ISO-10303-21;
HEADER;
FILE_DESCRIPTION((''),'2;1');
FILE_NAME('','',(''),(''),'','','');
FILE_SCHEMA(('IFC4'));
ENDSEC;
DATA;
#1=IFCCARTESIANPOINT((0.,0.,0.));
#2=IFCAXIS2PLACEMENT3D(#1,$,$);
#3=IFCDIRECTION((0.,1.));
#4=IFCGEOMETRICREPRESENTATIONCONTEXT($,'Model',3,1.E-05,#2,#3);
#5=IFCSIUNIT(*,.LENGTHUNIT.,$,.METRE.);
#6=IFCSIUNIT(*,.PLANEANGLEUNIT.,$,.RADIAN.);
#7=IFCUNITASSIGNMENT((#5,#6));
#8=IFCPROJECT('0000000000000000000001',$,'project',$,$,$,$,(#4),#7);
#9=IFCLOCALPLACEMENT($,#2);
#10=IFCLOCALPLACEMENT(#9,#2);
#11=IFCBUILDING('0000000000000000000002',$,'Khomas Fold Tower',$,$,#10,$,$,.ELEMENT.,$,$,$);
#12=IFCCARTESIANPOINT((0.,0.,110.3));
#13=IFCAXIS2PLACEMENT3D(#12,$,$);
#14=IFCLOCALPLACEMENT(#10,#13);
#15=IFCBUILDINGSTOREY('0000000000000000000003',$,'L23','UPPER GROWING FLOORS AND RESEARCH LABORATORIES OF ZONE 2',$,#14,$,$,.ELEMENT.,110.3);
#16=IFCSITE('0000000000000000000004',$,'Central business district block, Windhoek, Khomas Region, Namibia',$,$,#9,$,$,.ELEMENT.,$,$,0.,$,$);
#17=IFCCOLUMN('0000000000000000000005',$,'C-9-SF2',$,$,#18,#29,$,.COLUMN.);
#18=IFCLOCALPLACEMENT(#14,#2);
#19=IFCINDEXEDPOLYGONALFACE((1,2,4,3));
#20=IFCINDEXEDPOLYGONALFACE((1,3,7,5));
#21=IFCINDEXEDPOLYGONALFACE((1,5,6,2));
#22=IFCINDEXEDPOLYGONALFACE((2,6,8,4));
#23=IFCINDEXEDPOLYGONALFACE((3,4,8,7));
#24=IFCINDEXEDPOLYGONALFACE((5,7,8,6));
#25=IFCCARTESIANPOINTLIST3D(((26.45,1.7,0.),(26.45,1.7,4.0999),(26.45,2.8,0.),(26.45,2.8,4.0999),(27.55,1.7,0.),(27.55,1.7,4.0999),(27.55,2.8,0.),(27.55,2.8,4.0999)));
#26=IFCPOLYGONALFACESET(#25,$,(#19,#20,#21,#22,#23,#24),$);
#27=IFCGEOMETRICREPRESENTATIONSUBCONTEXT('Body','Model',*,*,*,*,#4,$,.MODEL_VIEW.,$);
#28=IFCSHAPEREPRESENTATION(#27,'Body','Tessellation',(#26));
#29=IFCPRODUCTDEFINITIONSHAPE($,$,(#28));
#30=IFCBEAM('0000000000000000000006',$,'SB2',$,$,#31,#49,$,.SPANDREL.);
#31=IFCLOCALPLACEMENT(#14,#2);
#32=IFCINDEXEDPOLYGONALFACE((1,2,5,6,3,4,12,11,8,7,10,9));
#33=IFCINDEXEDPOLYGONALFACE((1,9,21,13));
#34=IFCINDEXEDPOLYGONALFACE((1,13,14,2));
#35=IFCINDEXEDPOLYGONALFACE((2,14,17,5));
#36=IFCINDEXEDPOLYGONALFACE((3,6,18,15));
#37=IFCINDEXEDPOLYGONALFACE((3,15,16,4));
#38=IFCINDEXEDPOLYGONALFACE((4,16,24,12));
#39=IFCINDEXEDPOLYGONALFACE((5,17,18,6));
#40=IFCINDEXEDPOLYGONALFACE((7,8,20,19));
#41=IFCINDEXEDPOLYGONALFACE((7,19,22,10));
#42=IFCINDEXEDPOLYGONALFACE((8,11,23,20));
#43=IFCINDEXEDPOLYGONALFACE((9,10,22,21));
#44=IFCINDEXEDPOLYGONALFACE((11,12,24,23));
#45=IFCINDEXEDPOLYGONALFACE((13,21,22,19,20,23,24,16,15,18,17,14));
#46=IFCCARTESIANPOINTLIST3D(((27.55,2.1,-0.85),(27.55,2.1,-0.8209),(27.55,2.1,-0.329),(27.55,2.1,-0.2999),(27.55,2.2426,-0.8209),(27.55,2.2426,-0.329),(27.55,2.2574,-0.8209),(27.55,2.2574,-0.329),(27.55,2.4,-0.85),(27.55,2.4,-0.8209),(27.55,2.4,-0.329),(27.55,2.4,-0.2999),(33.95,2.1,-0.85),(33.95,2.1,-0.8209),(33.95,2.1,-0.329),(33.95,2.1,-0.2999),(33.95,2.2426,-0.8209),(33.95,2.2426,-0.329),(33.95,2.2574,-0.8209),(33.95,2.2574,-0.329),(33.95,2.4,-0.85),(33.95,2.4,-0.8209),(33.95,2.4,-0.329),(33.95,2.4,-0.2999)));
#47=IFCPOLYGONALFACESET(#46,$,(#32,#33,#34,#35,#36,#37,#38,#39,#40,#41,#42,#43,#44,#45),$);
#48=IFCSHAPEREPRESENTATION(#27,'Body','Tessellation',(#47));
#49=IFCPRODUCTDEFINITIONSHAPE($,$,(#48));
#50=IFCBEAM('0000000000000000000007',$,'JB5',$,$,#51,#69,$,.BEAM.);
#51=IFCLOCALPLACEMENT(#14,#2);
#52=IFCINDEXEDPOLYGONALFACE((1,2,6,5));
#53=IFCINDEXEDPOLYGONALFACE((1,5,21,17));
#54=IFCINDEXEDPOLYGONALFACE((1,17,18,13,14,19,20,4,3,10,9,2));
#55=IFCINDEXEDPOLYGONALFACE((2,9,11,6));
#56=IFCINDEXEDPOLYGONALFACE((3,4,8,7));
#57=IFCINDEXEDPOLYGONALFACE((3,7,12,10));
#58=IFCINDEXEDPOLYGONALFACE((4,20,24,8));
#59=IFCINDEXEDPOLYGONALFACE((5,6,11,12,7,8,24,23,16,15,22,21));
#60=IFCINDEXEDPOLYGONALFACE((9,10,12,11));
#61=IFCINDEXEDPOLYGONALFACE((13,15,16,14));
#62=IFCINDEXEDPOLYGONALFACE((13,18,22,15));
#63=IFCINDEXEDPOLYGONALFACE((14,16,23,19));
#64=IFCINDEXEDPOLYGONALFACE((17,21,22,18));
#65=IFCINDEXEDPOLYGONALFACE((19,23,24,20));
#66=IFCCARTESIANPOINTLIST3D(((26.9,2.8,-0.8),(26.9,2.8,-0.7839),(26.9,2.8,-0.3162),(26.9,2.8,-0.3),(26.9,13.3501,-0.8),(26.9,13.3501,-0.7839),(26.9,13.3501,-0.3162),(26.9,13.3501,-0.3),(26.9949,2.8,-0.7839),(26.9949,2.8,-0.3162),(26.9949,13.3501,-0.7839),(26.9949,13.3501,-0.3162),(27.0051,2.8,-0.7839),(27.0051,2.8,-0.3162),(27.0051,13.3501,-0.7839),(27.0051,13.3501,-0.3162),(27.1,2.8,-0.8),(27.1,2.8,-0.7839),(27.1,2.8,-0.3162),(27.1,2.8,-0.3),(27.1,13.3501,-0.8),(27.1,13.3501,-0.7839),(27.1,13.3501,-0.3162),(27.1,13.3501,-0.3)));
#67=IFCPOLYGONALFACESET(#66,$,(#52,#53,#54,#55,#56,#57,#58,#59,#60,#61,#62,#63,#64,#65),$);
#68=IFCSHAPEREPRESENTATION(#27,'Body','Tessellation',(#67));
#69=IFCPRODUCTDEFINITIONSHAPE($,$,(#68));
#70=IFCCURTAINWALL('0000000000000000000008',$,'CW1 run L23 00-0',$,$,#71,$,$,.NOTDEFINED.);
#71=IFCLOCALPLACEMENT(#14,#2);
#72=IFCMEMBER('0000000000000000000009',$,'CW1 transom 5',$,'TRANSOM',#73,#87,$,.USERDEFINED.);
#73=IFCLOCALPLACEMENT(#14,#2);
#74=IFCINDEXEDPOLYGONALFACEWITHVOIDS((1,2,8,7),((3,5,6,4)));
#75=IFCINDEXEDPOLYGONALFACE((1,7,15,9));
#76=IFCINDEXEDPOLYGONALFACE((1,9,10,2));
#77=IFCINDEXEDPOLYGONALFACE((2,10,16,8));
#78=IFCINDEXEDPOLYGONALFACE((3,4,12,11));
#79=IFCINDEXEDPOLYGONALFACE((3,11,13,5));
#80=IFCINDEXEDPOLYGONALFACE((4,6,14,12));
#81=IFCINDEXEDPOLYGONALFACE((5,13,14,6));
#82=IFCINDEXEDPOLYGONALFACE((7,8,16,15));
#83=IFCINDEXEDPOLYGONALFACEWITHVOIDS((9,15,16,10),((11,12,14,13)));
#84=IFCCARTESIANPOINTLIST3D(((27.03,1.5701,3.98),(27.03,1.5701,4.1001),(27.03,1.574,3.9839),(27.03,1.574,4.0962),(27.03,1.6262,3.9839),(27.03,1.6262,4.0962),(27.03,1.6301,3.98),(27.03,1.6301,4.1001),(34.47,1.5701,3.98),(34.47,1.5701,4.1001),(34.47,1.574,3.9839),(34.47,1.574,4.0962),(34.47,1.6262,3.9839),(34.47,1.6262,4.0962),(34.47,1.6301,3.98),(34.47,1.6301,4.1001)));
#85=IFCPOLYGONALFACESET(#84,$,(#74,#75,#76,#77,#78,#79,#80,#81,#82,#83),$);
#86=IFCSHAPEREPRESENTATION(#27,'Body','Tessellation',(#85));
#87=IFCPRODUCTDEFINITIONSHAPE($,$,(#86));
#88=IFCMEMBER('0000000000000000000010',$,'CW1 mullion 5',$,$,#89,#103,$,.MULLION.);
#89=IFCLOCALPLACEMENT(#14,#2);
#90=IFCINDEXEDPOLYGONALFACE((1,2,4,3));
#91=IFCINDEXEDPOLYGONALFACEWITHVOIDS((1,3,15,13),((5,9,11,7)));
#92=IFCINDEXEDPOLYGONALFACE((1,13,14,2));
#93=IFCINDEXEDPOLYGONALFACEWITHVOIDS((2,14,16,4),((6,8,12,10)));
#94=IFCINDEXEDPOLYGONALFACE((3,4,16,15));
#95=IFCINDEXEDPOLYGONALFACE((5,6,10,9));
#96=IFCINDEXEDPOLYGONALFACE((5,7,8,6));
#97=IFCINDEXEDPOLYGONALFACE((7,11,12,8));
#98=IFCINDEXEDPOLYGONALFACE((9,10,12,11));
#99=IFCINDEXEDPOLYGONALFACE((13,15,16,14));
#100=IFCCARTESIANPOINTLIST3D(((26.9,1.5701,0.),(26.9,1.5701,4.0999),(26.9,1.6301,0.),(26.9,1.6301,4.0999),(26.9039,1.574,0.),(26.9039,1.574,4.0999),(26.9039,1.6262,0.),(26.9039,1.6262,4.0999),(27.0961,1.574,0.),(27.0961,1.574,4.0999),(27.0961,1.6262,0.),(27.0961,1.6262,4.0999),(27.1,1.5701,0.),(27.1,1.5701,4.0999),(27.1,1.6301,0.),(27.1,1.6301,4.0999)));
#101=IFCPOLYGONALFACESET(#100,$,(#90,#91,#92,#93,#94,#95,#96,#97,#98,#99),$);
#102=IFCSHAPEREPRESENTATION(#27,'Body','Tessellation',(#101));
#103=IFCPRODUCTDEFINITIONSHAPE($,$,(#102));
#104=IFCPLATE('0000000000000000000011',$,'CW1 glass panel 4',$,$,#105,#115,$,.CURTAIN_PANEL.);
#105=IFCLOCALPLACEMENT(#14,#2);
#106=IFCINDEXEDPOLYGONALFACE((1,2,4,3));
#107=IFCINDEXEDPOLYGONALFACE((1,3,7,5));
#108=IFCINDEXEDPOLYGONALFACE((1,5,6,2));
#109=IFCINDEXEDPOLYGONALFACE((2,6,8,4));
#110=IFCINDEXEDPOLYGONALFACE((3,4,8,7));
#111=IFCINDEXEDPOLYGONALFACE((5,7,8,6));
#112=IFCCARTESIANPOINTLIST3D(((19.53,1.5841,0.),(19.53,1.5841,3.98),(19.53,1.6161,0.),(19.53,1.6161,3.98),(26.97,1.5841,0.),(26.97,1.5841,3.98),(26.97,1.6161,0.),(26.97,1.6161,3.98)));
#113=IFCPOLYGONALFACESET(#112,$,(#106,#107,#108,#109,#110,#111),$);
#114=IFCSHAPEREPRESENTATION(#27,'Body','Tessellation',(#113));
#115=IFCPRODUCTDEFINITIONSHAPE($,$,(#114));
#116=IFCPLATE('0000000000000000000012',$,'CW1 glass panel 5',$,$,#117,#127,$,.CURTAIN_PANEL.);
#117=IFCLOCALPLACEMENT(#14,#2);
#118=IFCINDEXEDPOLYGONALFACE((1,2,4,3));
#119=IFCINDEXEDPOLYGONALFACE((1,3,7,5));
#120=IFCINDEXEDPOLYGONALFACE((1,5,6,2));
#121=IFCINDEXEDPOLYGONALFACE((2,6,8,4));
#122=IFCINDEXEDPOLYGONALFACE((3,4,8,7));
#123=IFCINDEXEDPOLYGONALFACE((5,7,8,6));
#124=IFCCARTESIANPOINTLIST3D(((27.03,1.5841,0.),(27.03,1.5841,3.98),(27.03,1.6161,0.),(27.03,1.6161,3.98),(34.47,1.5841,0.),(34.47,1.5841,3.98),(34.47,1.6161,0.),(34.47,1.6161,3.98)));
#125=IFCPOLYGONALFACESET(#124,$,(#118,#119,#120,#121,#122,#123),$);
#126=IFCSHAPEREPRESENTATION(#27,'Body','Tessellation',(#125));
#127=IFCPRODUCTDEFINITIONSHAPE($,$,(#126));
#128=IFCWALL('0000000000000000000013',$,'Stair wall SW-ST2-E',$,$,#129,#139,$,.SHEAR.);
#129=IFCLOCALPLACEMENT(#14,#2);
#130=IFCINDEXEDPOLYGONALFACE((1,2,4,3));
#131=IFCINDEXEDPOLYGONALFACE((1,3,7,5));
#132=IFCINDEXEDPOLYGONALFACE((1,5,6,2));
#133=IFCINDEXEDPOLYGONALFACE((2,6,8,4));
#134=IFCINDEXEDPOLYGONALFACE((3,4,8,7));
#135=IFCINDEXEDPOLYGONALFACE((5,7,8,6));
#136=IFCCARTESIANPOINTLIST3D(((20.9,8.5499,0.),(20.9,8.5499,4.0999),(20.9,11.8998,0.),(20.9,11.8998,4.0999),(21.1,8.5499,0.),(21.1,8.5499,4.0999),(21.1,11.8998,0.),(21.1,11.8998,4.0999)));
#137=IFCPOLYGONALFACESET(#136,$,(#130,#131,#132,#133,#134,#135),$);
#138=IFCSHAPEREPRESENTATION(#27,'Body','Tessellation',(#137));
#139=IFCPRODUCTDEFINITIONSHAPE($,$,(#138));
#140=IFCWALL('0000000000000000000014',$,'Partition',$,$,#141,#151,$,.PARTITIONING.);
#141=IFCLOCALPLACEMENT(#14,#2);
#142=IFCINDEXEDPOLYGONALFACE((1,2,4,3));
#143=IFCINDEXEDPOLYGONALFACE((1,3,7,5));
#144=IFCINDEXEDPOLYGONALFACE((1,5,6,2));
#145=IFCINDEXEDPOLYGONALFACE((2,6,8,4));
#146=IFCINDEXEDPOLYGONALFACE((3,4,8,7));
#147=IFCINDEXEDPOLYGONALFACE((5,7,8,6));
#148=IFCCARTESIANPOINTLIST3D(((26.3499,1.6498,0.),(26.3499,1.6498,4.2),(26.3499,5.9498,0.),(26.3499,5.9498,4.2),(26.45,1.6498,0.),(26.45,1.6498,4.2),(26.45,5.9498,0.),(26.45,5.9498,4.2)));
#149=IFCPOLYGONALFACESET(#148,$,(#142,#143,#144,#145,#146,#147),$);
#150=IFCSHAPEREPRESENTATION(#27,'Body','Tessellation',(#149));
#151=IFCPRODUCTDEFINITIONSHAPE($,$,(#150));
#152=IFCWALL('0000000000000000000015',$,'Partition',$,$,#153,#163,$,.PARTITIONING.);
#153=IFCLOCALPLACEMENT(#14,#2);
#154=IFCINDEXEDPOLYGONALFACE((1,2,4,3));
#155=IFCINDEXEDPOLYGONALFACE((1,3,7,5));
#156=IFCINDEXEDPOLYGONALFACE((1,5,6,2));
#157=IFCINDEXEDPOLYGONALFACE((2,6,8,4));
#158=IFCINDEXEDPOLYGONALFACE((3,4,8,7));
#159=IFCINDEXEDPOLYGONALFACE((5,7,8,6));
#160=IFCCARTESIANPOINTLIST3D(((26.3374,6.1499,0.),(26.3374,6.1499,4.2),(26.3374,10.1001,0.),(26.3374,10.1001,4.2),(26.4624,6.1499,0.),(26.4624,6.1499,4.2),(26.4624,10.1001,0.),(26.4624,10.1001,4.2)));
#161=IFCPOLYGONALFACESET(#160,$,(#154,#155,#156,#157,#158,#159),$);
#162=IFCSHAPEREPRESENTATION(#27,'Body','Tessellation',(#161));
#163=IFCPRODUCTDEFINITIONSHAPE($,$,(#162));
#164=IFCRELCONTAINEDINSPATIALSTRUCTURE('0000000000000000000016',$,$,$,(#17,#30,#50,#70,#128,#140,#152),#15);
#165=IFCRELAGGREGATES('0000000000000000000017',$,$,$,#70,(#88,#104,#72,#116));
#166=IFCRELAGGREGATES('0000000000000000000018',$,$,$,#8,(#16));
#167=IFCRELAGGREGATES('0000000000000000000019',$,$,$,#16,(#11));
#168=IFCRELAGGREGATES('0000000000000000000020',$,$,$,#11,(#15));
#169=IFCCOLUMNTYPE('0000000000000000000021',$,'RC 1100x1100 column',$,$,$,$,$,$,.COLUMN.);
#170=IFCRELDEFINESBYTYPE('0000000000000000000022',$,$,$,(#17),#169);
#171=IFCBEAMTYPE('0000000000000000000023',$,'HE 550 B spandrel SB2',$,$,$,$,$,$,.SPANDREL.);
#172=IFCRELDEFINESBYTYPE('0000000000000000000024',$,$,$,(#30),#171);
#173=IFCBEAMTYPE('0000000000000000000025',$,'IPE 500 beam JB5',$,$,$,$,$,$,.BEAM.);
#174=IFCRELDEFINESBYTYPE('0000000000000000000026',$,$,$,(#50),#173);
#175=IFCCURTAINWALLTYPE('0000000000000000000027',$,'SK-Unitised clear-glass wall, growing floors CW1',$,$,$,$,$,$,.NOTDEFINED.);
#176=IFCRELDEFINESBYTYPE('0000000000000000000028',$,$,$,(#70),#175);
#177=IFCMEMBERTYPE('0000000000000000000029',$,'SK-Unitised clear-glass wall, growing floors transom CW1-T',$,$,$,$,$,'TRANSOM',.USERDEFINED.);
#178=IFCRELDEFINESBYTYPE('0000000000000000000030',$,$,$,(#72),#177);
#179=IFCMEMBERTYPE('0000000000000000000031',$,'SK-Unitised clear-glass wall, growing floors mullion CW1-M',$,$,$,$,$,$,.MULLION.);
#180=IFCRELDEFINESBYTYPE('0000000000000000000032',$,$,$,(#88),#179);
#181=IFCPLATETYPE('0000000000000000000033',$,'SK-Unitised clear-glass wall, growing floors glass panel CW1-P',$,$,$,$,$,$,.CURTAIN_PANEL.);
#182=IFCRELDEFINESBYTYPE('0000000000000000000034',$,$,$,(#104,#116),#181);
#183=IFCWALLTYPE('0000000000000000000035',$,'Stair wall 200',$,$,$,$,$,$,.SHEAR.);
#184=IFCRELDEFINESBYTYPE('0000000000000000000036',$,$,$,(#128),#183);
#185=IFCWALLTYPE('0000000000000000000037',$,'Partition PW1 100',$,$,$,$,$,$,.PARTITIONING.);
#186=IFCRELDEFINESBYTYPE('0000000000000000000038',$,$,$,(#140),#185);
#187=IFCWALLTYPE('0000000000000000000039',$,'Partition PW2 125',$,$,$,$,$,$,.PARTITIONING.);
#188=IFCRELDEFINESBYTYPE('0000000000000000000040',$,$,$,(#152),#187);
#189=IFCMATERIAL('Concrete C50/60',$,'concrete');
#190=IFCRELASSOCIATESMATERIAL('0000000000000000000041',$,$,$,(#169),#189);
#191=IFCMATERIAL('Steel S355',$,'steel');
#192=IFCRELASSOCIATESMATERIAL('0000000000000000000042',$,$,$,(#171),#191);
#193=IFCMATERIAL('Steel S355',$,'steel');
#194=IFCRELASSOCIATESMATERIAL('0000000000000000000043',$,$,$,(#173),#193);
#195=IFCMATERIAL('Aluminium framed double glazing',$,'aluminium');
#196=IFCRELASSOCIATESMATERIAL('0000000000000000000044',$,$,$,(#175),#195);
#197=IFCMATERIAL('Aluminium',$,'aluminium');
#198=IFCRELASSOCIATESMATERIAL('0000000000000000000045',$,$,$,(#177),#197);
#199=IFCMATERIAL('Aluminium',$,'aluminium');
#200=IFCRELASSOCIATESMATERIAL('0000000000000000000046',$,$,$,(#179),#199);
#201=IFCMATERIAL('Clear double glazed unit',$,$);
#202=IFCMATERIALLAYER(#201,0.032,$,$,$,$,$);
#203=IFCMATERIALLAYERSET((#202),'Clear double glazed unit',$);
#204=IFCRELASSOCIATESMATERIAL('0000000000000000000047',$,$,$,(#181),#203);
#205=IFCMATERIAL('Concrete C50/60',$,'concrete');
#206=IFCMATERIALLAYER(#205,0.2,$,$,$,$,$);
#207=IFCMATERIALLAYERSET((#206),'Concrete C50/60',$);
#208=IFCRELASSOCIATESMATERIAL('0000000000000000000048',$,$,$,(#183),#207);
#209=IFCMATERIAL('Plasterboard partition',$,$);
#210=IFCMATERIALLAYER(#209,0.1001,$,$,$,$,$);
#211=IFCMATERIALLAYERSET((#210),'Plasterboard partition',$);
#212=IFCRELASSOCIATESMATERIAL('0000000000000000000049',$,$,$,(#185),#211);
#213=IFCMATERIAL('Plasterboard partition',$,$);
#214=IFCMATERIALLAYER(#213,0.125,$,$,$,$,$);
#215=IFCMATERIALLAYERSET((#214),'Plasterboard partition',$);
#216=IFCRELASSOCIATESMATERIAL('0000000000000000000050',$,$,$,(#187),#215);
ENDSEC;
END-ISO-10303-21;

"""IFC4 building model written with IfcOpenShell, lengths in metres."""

from ifc_helpers import new_model, si_unit, direction, frame, frame_2d, origin, origin_2d, place, context, subcontext, project, spatial, rectangle, hollow_rectangle, i_section, extrude, source, transform, mapped, material, layer, layer_set, material_profile, profile_set, type_object, element, aggregate, save


model = new_model("IFC4")

# Units and contexts
model_context = context("Model", 3, precision=1e-05, world=origin(), true_north=direction((0.0, 1.0)))
body_context = subcontext(model_context, "Body", "Model", "MODEL_VIEW")
ifc_project = project(units=[si_unit("LENGTHUNIT", "METRE"), si_unit("PLANEANGLEUNIT", "RADIAN")], contexts=[model_context])

# Site, building, storey
site_placement = place(None, origin())
site = spatial("IfcSite", under=ifc_project, at=site_placement, Name="Central business district block, Windhoek, Khomas Region, Namibia", CompositionType="ELEMENT", RefElevation=0.0)
building_placement = place(site_placement, origin())
building = spatial("IfcBuilding", under=site, at=building_placement, Name="Khomas Fold Tower", CompositionType="ELEMENT")
storey_placement = place(building_placement, frame((0.0, 0.0, 110.3)))
storey = spatial("IfcBuildingStorey", under=building, at=storey_placement, Name="L23", Description="UPPER GROWING FLOORS AND RESEARCH LABORATORIES OF ZONE 2", CompositionType="ELEMENT", Elevation=110.3)

# Column
ifc_material_1 = material(Name="Concrete C50/60", Category="concrete")
ifc_material_profile_1 = material_profile(ifc_material_1, rectangle(XDim=1.1001, YDim=1.1001, at=origin_2d()), Name="RC 1100x1100")
ifc_profile_set_1 = profile_set([ifc_material_profile_1], Name="Concrete C50/60")
column_type = type_object("IfcColumnType", Name="RC 1100x1100 column", PredefinedType="COLUMN", material=ifc_profile_set_1)
shared_shape_1 = source(origin(), body_context, "Body", "SweptSolid", [
    extrude(rectangle(XDim=1.1001, YDim=1.1001, at=origin_2d()), origin(), (0.0, 0.0, 1.0), 4.0999),
])
column_placement = place(storey_placement, frame((27.0, 2.25, 0.0), z_axis=(0.0, 0.0, 1.0), x_axis=(1.0, 0.0, 0.0)))
element("IfcColumn", 1, at=column_placement, inside=storey, type_object=column_type, Name="C-9-SF2", PredefinedType="COLUMN", context=body_context, shape_type="MappedRepresentation", body=[
    mapped(shared_shape_1, transform((0.0, 0.0, 0.0))),
])

# Beams
ifc_material_2 = material(Name="Steel S355", Category="steel")
ifc_material_profile_2 = material_profile(ifc_material_2, i_section(OverallWidth=0.3, OverallDepth=0.55, WebThickness=0.0149, FlangeThickness=0.0291, at=origin_2d()), Name="HE 550 B")
ifc_profile_set_2 = profile_set([ifc_material_profile_2], Name="Steel S355")
beam_type_1 = type_object("IfcBeamType", Name="HE 550 B spandrel SB2", PredefinedType="SPANDREL", material=ifc_profile_set_2)
shared_shape_2 = source(origin(), body_context, "Body", "SweptSolid", [
    extrude(i_section(OverallWidth=0.3, OverallDepth=0.55, WebThickness=0.0149, FlangeThickness=0.0291, at=origin_2d()), origin(), (0.0, 0.0, 1.0), 6.3999),
])
beam_1_placement = place(storey_placement, frame((27.55, 2.25, -0.575), z_axis=(1.0, 0.0, 0.0), x_axis=(0.0, 1.0, 0.0)))
element("IfcBeam", 2, at=beam_1_placement, inside=storey, type_object=beam_type_1, Name="SB2", PredefinedType="SPANDREL", context=body_context, shape_type="MappedRepresentation", body=[
    mapped(shared_shape_2, transform((0.0, 0.0, 0.0))),
])
ifc_material_3 = material(Name="Steel S355", Category="steel")
ifc_material_profile_3 = material_profile(ifc_material_3, i_section(OverallWidth=0.2, OverallDepth=0.5, WebThickness=0.0103, FlangeThickness=0.0161, at=origin_2d()), Name="IPE 500")
ifc_profile_set_3 = profile_set([ifc_material_profile_3], Name="Steel S355")
beam_type_2 = type_object("IfcBeamType", Name="IPE 500 beam JB5", PredefinedType="BEAM", material=ifc_profile_set_3)
shared_shape_3 = source(origin(), body_context, "Body", "SweptSolid", [
    extrude(i_section(OverallWidth=0.2, OverallDepth=0.5, WebThickness=0.0103, FlangeThickness=0.0161, at=origin_2d()), origin(), (0.0, 0.0, 1.0), 10.55),
])
beam_2_placement = place(storey_placement, frame((27.0, 2.8, -0.55), z_axis=(0.0, 1.0, 0.0), x_axis=(-1.0, 0.0, 0.0)))
element("IfcBeam", 3, at=beam_2_placement, inside=storey, type_object=beam_type_2, Name="JB5", PredefinedType="BEAM", context=body_context, shape_type="MappedRepresentation", body=[
    mapped(shared_shape_3, transform((0.0, 0.0, 0.0))),
])

# Curtain wall, members, plates
ifc_material_4 = material(Name="Aluminium framed double glazing", Category="aluminium")
curtain_wall_type = type_object("IfcCurtainWallType", Name="SK-Unitised clear-glass wall, growing floors CW1", PredefinedType="NOTDEFINED", material=ifc_material_4)
curtain_wall_placement = place(storey_placement, origin())
curtain_wall = element("IfcCurtainWall", 4, at=curtain_wall_placement, inside=storey, type_object=curtain_wall_type, Name="CW1 run L23 00-0", PredefinedType="NOTDEFINED")
ifc_material_5 = material(Name="Aluminium", Category="aluminium")
ifc_material_profile_4 = material_profile(ifc_material_5, hollow_rectangle(XDim=0.0601, YDim=0.1201, WallThickness=0.0039, at=origin_2d()), Name="SK-Unitised clear-glass wall, growing floors transom CW1-T")
ifc_profile_set_4 = profile_set([ifc_material_profile_4], Name="Aluminium")
member_type_1 = type_object("IfcMemberType", Name="SK-Unitised clear-glass wall, growing floors transom CW1-T", ElementType="TRANSOM", PredefinedType="USERDEFINED", material=ifc_profile_set_4)
shared_shape_4 = source(origin(), body_context, "Body", "SweptSolid", [
    extrude(hollow_rectangle(XDim=0.0601, YDim=0.1201, WallThickness=0.0039, at=origin_2d()), origin(), (0.0, 0.0, 1.0), 7.4399),
])
member_1_placement = place(storey_placement, frame((27.03, 1.6001, 4.04), z_axis=(1.0, 0.0, 0.0), x_axis=(0.0, 1.0, 0.0)))
member_1 = element("IfcMember", 5, at=member_1_placement, type_object=member_type_1, Name="CW1 transom 5", ObjectType="TRANSOM", PredefinedType="USERDEFINED", context=body_context, shape_type="MappedRepresentation", body=[
    mapped(shared_shape_4, transform((0.0, 0.0, 0.0))),
])
ifc_material_6 = material(Name="Aluminium", Category="aluminium")
ifc_material_profile_5 = material_profile(ifc_material_6, hollow_rectangle(XDim=0.0601, YDim=0.2, WallThickness=0.0039, at=origin_2d()), Name="SK-Unitised clear-glass wall, growing floors mullion CW1-M")
ifc_profile_set_5 = profile_set([ifc_material_profile_5], Name="Aluminium")
member_type_2 = type_object("IfcMemberType", Name="SK-Unitised clear-glass wall, growing floors mullion CW1-M", PredefinedType="MULLION", material=ifc_profile_set_5)
shared_shape_5 = source(origin(), body_context, "Body", "SweptSolid", [
    extrude(hollow_rectangle(XDim=0.0601, YDim=0.2, WallThickness=0.0039, at=origin_2d()), origin(), (0.0, 0.0, 1.0), 4.0999),
])
member_2_placement = place(storey_placement, frame((27.0, 1.6001, 0.0), z_axis=(0.0, 0.0, 1.0), x_axis=(0.0, 1.0, 0.0)))
member_2 = element("IfcMember", 6, at=member_2_placement, type_object=member_type_2, Name="CW1 mullion 5", PredefinedType="MULLION", context=body_context, shape_type="MappedRepresentation", body=[
    mapped(shared_shape_5, transform((0.0, 0.0, 0.0))),
])
ifc_material_7 = material(Name="Clear double glazed unit")
ifc_layer_1 = layer(ifc_material_7, 0.032)
ifc_layer_set_1 = layer_set([ifc_layer_1], Name="Clear double glazed unit")
plate_type = type_object("IfcPlateType", Name="SK-Unitised clear-glass wall, growing floors glass panel CW1-P", PredefinedType="CURTAIN_PANEL", material=ifc_layer_set_1)
shared_shape_6 = source(origin(), body_context, "Body", "SweptSolid", [
    extrude(rectangle(XDim=7.4399, YDim=0.032, at=origin_2d()), origin(), (0.0, 0.0, 1.0), 3.98),
])
plate_1_placement = place(storey_placement, frame((23.25, 1.6001, 0.0), z_axis=(0.0, 0.0, 1.0), x_axis=(1.0, 0.0, 0.0)))
plate_1 = element("IfcPlate", 7, at=plate_1_placement, type_object=plate_type, Name="CW1 glass panel 4", PredefinedType="CURTAIN_PANEL", context=body_context, shape_type="MappedRepresentation", body=[
    mapped(shared_shape_6, transform((0.0, 0.0, 0.0))),
])
plate_2_placement = place(storey_placement, frame((30.75, 1.6001, 0.0), z_axis=(0.0, 0.0, 1.0), x_axis=(1.0, 0.0, 0.0)))
plate_2 = element("IfcPlate", 8, at=plate_2_placement, type_object=plate_type, Name="CW1 glass panel 5", PredefinedType="CURTAIN_PANEL", context=body_context, shape_type="MappedRepresentation", body=[
    mapped(shared_shape_6, transform((0.0, 0.0, 0.0))),
])
aggregate(curtain_wall, [member_2, plate_1, member_1, plate_2])

# Walls
ifc_material_8 = material(Name="Concrete C50/60", Category="concrete")
ifc_layer_2 = layer(ifc_material_8, 0.2)
ifc_layer_set_2 = layer_set([ifc_layer_2], Name="Concrete C50/60")
wall_type_1 = type_object("IfcWallType", Name="Stair wall 200", PredefinedType="SHEAR", material=ifc_layer_set_2)
shared_shape_7 = source(origin(), body_context, "Body", "SweptSolid", [
    extrude(rectangle(XDim=3.3499, YDim=0.2, at=frame_2d((1.6748, 0.0))), origin(), (0.0, 0.0, 1.0), 4.0999),
])
wall_1_placement = place(storey_placement, frame((21.0, 8.55, 0.0), z_axis=(0.0, 0.0, 1.0), x_axis=(0.0, 1.0, 0.0)))
element("IfcWall", 9, at=wall_1_placement, inside=storey, type_object=wall_type_1, Name="Stair wall SW-ST2-E", PredefinedType="SHEAR", context=body_context, shape_type="MappedRepresentation", body=[
    mapped(shared_shape_7, transform((0.0, 0.0, 0.0))),
])
ifc_material_9 = material(Name="Plasterboard partition")
ifc_layer_3 = layer(ifc_material_9, 0.1001)
ifc_layer_set_3 = layer_set([ifc_layer_3], Name="Plasterboard partition")
wall_type_2 = type_object("IfcWallType", Name="Partition PW1 100", PredefinedType="PARTITIONING", material=ifc_layer_set_3)
shared_shape_8 = source(origin(), body_context, "Body", "SweptSolid", [
    extrude(rectangle(XDim=4.3, YDim=0.1001, at=frame_2d((2.1499, 0.0))), origin(), (0.0, 0.0, 1.0), 4.2),
])
wall_2_placement = place(storey_placement, frame((26.3999, 1.6499, 0.0), z_axis=(0.0, 0.0, 1.0), x_axis=(0.0, 1.0, 0.0)))
element("IfcWall", 10, at=wall_2_placement, inside=storey, type_object=wall_type_2, Name="Partition", PredefinedType="PARTITIONING", context=body_context, shape_type="MappedRepresentation", body=[
    mapped(shared_shape_8, transform((0.0, 0.0, 0.0))),
])
ifc_material_10 = material(Name="Plasterboard partition")
ifc_layer_4 = layer(ifc_material_10, 0.125)
ifc_layer_set_4 = layer_set([ifc_layer_4], Name="Plasterboard partition")
wall_type_3 = type_object("IfcWallType", Name="Partition PW2 125", PredefinedType="PARTITIONING", material=ifc_layer_set_4)
shared_shape_9 = source(origin(), body_context, "Body", "SweptSolid", [
    extrude(rectangle(XDim=3.9502, YDim=0.125, at=frame_2d((1.9751, 0.0))), origin(), (0.0, 0.0, 1.0), 4.2),
])
wall_3_placement = place(storey_placement, frame((26.3999, 6.1499, 0.0), z_axis=(0.0, 0.0, 1.0), x_axis=(0.0, 1.0, 0.0)))
element("IfcWall", 11, at=wall_3_placement, inside=storey, type_object=wall_type_3, Name="Partition", PredefinedType="PARTITIONING", context=body_context, shape_type="MappedRepresentation", body=[
    mapped(shared_shape_9, transform((0.0, 0.0, 0.0))),
])

save(model, "model.ifc")
